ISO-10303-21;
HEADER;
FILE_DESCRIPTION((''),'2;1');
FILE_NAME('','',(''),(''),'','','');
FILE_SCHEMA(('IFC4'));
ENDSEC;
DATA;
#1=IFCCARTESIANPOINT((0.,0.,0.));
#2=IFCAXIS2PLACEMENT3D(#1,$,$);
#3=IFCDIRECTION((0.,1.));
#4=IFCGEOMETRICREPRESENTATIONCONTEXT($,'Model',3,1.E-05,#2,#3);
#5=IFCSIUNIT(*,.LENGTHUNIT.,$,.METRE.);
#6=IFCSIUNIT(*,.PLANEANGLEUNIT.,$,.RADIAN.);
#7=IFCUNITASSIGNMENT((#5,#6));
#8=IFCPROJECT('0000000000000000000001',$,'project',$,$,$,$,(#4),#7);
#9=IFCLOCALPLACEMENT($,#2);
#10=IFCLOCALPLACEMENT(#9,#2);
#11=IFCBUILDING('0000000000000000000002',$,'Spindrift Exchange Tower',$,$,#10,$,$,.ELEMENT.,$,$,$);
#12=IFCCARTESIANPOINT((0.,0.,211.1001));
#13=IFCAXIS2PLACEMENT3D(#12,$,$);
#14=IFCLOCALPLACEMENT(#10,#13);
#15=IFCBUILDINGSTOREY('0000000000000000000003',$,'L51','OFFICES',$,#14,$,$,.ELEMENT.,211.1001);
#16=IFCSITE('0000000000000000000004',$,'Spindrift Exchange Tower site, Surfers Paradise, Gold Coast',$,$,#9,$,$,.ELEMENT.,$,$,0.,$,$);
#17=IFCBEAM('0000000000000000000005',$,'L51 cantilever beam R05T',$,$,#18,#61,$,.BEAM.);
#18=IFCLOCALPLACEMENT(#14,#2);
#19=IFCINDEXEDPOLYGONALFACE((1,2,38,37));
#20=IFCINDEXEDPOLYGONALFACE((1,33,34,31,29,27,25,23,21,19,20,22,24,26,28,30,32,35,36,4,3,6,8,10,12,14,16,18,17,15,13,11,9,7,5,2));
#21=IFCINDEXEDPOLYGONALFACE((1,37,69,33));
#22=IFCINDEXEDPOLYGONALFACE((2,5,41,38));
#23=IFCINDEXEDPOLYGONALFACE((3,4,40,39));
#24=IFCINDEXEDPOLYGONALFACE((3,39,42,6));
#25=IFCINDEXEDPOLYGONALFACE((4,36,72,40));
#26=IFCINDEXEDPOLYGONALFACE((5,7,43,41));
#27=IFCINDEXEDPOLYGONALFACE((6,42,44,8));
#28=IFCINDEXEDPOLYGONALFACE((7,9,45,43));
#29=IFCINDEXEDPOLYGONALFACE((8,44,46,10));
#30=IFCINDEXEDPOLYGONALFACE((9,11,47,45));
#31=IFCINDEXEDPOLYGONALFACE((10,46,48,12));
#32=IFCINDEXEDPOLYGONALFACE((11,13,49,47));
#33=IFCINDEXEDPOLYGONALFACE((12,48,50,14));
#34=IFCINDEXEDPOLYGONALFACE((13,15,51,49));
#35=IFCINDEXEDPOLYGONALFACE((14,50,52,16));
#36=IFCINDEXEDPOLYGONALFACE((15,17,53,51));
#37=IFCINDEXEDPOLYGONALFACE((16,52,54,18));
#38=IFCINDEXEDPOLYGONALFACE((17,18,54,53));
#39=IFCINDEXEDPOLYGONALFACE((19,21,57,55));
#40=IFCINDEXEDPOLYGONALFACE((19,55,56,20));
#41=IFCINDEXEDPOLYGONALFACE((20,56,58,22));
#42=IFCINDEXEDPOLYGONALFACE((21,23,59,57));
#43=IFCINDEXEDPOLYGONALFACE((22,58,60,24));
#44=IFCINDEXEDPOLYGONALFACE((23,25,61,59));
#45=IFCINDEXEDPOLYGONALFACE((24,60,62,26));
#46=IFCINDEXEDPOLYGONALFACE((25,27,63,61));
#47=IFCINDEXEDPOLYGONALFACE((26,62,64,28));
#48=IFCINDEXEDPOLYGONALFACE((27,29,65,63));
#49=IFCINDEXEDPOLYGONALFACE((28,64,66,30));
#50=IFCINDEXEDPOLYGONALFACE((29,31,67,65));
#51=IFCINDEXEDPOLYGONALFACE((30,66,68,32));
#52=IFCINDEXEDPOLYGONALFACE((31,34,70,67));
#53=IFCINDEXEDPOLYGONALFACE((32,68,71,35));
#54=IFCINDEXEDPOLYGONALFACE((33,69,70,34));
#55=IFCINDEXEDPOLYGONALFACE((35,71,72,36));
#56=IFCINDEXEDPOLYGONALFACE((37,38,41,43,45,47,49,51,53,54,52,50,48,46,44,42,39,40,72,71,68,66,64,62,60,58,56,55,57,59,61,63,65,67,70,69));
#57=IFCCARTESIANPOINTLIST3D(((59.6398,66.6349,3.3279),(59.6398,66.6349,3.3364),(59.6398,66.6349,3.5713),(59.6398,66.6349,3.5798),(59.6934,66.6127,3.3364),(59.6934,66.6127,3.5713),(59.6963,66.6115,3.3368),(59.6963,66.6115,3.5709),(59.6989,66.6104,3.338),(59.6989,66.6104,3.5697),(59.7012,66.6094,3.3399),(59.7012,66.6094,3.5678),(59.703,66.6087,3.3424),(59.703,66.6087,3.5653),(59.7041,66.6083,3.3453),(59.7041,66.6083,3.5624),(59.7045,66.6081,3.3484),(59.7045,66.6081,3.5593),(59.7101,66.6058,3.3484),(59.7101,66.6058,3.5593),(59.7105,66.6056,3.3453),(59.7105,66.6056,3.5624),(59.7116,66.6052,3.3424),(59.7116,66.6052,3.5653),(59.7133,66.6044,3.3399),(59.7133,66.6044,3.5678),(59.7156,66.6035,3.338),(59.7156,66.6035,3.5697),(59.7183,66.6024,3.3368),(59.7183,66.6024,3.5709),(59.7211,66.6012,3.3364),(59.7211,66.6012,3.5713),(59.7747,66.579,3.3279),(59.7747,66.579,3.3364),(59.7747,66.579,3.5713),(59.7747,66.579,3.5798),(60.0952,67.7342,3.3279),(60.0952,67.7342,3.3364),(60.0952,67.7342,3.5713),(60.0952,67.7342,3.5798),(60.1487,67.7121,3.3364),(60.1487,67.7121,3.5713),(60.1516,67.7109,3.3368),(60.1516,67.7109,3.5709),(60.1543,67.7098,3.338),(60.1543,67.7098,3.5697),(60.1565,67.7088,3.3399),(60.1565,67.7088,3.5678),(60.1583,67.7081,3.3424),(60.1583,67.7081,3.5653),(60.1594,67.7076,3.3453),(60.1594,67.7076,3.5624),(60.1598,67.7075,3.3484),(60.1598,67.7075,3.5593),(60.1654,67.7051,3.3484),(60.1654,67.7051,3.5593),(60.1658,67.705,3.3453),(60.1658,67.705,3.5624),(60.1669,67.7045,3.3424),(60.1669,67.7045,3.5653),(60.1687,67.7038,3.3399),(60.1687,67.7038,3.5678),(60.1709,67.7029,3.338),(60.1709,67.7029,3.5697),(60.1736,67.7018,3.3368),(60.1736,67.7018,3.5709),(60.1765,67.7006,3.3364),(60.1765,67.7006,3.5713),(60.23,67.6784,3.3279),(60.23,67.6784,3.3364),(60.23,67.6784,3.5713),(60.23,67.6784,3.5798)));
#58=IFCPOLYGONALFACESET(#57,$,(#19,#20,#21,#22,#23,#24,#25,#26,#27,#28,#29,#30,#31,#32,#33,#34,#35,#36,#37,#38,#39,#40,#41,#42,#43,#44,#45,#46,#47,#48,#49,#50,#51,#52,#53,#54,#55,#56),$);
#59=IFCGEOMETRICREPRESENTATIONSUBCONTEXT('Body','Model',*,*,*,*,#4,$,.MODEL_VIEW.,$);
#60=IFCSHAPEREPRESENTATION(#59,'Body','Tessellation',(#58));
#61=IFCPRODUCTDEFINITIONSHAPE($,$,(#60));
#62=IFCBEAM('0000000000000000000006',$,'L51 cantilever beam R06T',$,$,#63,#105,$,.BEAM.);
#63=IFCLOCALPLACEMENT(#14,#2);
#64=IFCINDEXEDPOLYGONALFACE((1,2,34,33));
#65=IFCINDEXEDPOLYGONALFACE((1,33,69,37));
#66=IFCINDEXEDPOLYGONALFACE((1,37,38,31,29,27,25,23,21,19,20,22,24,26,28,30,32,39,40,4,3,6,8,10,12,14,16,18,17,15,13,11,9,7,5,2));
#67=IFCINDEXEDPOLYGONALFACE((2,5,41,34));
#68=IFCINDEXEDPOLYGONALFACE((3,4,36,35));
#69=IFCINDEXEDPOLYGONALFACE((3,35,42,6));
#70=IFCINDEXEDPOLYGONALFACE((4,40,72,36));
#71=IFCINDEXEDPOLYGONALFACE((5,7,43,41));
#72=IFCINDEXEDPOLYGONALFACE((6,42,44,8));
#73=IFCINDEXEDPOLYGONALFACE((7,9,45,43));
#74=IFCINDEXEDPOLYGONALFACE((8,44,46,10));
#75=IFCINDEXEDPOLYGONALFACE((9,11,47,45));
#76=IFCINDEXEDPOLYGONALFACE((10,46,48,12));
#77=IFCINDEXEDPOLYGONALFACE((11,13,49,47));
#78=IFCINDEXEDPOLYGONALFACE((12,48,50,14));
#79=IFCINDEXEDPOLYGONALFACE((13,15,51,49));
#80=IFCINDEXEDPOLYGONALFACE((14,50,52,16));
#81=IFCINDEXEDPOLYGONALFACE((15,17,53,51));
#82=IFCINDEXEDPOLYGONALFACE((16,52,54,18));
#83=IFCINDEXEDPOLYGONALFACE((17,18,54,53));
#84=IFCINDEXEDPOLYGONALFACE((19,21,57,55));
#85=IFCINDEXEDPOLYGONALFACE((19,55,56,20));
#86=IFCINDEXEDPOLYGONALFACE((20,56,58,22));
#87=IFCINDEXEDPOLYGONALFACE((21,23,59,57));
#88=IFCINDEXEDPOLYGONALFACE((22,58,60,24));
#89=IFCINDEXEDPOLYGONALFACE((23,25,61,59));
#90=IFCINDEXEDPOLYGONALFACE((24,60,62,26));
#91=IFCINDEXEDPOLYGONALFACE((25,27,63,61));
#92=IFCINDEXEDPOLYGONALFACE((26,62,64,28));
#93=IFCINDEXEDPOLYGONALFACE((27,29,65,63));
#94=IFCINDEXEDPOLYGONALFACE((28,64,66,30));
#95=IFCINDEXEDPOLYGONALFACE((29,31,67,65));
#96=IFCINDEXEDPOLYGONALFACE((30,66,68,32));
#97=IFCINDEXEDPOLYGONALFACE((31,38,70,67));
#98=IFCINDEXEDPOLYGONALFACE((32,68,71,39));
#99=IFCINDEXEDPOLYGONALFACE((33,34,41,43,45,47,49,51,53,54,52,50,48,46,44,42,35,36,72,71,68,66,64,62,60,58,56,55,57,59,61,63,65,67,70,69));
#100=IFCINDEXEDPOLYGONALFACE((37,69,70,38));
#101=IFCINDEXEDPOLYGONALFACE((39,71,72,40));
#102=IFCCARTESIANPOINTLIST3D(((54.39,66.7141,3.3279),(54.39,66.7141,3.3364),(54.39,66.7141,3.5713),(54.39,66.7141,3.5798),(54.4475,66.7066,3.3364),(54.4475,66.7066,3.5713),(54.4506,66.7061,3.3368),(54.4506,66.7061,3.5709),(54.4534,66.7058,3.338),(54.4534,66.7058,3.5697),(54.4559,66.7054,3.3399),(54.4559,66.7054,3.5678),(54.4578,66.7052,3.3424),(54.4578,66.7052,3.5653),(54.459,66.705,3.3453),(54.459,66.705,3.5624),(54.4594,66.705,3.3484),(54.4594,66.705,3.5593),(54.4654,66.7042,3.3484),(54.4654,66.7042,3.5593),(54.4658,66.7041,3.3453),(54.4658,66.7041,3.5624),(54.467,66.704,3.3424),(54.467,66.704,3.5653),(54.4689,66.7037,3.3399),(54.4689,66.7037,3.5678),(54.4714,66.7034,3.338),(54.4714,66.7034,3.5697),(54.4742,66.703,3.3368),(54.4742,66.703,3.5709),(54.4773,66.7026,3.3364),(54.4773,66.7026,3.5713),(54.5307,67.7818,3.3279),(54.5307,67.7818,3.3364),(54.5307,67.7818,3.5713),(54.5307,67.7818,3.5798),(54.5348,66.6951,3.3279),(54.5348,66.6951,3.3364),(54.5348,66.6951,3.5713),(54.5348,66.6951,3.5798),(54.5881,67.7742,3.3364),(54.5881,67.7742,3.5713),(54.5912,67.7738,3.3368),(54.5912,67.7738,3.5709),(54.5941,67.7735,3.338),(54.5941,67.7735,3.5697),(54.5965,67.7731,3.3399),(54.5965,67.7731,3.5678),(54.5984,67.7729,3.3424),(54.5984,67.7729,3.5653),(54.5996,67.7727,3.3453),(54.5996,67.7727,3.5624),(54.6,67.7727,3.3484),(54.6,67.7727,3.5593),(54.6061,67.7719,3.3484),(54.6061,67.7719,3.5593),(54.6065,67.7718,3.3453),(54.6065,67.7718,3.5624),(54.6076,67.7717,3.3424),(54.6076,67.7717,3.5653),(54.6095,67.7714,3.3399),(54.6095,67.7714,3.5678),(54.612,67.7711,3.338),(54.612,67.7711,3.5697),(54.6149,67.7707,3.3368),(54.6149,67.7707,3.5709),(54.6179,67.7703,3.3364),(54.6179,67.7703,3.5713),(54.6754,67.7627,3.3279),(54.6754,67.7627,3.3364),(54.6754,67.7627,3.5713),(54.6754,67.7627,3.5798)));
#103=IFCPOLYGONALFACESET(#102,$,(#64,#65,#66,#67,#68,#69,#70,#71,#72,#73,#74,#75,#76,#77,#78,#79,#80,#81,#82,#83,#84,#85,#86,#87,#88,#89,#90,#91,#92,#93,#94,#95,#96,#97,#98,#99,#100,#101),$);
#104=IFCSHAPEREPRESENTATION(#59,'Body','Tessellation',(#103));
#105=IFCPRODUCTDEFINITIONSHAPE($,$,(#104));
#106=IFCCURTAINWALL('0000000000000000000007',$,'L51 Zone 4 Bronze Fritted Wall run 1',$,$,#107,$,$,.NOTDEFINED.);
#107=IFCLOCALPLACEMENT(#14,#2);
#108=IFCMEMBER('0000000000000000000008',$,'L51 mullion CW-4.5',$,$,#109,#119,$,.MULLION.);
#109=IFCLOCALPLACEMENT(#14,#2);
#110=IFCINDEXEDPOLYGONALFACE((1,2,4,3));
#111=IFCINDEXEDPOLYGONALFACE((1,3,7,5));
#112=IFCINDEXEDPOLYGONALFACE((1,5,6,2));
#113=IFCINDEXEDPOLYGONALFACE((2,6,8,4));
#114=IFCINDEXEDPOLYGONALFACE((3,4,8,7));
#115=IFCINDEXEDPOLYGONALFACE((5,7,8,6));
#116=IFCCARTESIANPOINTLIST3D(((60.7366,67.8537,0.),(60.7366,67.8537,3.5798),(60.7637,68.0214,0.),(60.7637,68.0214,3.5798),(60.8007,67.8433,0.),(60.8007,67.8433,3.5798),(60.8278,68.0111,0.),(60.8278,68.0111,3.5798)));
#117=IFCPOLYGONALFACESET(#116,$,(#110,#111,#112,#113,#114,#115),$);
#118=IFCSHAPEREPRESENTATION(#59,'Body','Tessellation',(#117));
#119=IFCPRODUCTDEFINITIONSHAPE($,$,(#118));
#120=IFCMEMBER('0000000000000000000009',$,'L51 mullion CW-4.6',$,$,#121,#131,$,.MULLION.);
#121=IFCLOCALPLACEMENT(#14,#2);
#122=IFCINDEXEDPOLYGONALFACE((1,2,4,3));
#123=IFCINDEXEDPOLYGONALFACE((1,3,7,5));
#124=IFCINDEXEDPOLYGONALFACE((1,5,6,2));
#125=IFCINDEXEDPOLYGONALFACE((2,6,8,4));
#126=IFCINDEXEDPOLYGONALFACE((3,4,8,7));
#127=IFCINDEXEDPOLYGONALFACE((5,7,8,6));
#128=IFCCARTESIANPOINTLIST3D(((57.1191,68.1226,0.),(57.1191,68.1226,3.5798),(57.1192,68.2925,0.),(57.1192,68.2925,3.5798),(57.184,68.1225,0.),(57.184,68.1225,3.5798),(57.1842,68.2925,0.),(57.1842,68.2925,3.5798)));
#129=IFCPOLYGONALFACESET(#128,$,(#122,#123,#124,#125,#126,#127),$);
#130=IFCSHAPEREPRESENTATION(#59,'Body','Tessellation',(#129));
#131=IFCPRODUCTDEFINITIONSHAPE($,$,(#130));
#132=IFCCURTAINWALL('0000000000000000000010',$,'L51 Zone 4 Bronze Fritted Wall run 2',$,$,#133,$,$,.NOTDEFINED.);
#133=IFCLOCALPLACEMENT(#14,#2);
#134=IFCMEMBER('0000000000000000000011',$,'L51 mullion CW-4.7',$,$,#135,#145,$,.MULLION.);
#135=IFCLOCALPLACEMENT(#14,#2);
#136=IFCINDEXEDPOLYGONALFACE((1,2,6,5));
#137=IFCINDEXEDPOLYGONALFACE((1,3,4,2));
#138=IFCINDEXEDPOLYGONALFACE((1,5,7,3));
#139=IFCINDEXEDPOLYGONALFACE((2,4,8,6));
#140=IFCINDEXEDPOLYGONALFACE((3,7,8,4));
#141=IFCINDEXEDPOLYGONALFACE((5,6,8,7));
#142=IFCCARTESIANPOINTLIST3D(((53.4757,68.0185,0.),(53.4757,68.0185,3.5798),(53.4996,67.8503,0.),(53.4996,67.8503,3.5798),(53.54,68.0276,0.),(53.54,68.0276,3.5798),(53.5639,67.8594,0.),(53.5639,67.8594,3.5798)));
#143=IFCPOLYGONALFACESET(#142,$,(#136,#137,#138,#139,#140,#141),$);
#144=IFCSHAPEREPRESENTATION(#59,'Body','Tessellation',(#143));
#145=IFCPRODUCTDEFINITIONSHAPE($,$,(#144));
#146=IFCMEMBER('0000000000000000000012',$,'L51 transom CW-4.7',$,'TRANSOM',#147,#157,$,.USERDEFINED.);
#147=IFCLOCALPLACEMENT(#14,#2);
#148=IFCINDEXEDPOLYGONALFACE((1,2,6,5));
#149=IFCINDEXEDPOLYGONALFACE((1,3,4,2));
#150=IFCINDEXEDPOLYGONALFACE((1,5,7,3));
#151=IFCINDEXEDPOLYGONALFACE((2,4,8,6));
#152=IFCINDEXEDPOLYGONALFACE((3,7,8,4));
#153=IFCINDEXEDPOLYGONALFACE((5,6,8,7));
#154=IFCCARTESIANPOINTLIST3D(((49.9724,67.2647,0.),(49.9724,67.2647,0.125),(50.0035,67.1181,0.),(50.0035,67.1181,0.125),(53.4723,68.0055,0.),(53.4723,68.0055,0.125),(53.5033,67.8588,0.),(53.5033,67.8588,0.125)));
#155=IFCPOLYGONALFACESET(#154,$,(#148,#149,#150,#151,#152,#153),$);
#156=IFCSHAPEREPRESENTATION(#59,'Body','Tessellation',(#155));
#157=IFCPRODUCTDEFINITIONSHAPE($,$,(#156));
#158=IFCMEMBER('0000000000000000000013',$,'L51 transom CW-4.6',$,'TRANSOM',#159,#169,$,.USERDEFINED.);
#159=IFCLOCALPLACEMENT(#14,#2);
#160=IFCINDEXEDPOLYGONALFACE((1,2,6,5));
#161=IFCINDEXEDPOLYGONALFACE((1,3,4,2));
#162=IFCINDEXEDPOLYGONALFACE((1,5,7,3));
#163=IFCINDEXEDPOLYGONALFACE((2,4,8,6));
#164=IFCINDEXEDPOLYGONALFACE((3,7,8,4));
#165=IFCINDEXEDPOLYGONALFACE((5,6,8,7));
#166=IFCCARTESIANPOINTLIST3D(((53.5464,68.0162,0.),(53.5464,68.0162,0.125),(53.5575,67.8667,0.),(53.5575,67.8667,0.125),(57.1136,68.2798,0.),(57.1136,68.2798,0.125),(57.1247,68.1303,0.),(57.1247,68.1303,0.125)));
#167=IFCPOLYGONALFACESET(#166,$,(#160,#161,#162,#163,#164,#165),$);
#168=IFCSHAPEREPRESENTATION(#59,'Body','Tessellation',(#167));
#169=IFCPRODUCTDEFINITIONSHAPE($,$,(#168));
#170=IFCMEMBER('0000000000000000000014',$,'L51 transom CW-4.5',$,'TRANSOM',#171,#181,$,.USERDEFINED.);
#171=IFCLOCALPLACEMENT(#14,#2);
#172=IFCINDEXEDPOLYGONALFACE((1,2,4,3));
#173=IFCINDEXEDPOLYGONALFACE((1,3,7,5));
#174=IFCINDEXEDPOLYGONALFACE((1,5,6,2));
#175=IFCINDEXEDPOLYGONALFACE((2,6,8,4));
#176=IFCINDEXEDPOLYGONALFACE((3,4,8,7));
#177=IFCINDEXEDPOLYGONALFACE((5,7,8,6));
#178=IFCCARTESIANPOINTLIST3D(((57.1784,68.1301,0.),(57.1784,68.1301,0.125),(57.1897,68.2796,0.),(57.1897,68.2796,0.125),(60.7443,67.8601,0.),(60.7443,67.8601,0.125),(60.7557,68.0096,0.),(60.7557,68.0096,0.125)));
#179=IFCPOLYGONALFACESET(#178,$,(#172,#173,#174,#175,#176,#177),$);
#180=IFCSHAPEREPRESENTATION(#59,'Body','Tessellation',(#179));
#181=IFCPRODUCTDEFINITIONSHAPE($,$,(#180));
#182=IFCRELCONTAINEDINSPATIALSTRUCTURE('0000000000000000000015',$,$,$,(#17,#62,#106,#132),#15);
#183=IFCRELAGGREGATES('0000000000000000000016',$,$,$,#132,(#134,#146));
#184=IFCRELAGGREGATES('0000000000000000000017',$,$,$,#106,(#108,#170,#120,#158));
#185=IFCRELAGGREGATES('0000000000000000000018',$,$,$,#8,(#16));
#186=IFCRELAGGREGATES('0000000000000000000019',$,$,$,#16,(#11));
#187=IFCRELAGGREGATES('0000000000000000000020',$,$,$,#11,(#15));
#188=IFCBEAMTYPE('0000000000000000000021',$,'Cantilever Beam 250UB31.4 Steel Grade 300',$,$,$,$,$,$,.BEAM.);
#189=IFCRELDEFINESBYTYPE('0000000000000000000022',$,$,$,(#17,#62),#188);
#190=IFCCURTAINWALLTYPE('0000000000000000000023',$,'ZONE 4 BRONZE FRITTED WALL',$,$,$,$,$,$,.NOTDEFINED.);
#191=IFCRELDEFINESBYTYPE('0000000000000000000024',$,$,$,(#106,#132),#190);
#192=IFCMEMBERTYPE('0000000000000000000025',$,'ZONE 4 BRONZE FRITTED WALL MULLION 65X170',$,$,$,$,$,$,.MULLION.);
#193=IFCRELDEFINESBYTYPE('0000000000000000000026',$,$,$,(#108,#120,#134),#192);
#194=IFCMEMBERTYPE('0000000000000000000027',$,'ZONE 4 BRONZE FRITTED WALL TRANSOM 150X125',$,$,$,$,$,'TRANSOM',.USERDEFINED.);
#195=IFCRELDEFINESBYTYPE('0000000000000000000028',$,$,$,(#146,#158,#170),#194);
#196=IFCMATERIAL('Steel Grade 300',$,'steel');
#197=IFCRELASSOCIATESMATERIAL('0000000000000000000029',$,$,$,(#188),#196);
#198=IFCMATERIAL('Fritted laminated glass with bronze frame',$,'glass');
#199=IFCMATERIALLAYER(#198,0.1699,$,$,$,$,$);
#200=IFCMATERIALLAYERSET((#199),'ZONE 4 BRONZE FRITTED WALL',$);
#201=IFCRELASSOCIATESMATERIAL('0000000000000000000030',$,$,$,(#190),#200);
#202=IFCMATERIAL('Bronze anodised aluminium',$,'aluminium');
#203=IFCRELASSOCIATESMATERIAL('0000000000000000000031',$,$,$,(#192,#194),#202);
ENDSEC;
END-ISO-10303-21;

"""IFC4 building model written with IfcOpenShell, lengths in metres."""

from ifc_helpers import new_model, si_unit, direction, frame, origin, origin_2d, place, context, subcontext, project, spatial, rectangle, i_section, extrude, source, transform, mapped, material, layer, layer_set, material_profile, profile_set, type_object, element, aggregate, save


model = new_model("IFC4")

# Units and contexts
model_context = context("Model", 3, precision=1e-05, world=origin(), true_north=direction((0.0, 1.0)))
body_context = subcontext(model_context, "Body", "Model", "MODEL_VIEW")
ifc_project = project(units=[si_unit("LENGTHUNIT", "METRE"), si_unit("PLANEANGLEUNIT", "RADIAN")], contexts=[model_context])

# Site, building, storey
site_placement = place(None, origin())
site = spatial("IfcSite", under=ifc_project, at=site_placement, Name="Spindrift Exchange Tower site, Surfers Paradise, Gold Coast", CompositionType="ELEMENT", RefElevation=0.0)
building_placement = place(site_placement, origin())
building = spatial("IfcBuilding", under=site, at=building_placement, Name="Spindrift Exchange Tower", CompositionType="ELEMENT")
storey_placement = place(building_placement, frame((0.0, 0.0, 211.1001)))
storey = spatial("IfcBuildingStorey", under=building, at=storey_placement, Name="L51", Description="OFFICES", CompositionType="ELEMENT", Elevation=211.1001)

# Beams
ifc_material_1 = material(Name="Steel Grade 300", Category="steel")
ifc_material_profile_1 = material_profile(ifc_material_1, i_section(OverallWidth=0.146, OverallDepth=0.252, WebThickness=0.0061, FlangeThickness=0.0085, FilletRadius=0.012, at=origin_2d()), Name="250UB31.4")
ifc_profile_set_1 = profile_set([ifc_material_profile_1], Name="Steel Grade 300")
beam_type_1 = type_object("IfcBeamType", Name="Cantilever Beam 250UB31.4 Steel Grade 300", PredefinedType="BEAM", material=ifc_profile_set_1)
shared_shape_1 = source(origin(), body_context, "Body", "SweptSolid", [
    extrude(i_section(OverallWidth=0.146, OverallDepth=0.252, WebThickness=0.0061, FlangeThickness=0.0085, FilletRadius=0.012, at=origin_2d()), origin(), (0.0, 0.0, 1.0), 1.1899),
])
beam_1_placement = place(storey_placement, frame((59.7073, 66.6069, 3.4539), z_axis=(0.382648, 0.923894, 0.0), x_axis=(-0.923894, 0.382648, 0.0)))
element("IfcBeam", 1, at=beam_1_placement, inside=storey, type_object=beam_type_1, Name="L51 cantilever beam R05T", PredefinedType="BEAM", context=body_context, shape_type="MappedRepresentation", body=[
    mapped(shared_shape_1, transform((0.0, 0.0, 0.0), scale=1.0)),
])
shared_shape_2 = source(origin(), body_context, "Body", "SweptSolid", [
    extrude(i_section(OverallWidth=0.146, OverallDepth=0.252, WebThickness=0.0061, FlangeThickness=0.0085, FilletRadius=0.012, at=origin_2d()), origin(), (0.0, 0.0, 1.0), 1.0769),
])
beam_2_placement = place(storey_placement, frame((54.4624, 66.7046, 3.4539), z_axis=(0.130589, 0.991437, 0.0), x_axis=(-0.991437, 0.130589, 0.0)))
element("IfcBeam", 2, at=beam_2_placement, inside=storey, type_object=beam_type_1, Name="L51 cantilever beam R06T", PredefinedType="BEAM", context=body_context, shape_type="MappedRepresentation", body=[
    mapped(shared_shape_2, transform((0.0, 0.0, 0.0), scale=1.0)),
])

# Curtain walls, members
ifc_material_2 = material(Name="Fritted laminated glass with bronze frame", Category="glass")
ifc_layer_1 = layer(ifc_material_2, 0.1699)
ifc_layer_set_1 = layer_set([ifc_layer_1], Name="ZONE 4 BRONZE FRITTED WALL")
curtain_wall_type = type_object("IfcCurtainWallType", Name="ZONE 4 BRONZE FRITTED WALL", PredefinedType="NOTDEFINED", material=ifc_layer_set_1)
curtain_wall_1_placement = place(storey_placement, origin())
curtain_wall_1 = element("IfcCurtainWall", 3, at=curtain_wall_1_placement, inside=storey, type_object=curtain_wall_type, Name="L51 Zone 4 Bronze Fritted Wall run 1", PredefinedType="NOTDEFINED")
ifc_material_3 = material(Name="Bronze anodised aluminium", Category="aluminium")
ifc_material_profile_2 = material_profile(ifc_material_3, rectangle(XDim=0.0649, YDim=0.1699, at=origin_2d()), Name="ZONE 4 BRONZE FRITTED WALL MULLION 65X170")
ifc_profile_set_2 = profile_set([ifc_material_profile_2], Name="Bronze anodised aluminium")
member_type_1 = type_object("IfcMemberType", Name="ZONE 4 BRONZE FRITTED WALL MULLION 65X170", PredefinedType="MULLION", material=ifc_profile_set_2)
shared_shape_3 = source(origin(), body_context, "Body", "SweptSolid", [
    extrude(rectangle(XDim=0.0649, YDim=0.1699, at=origin_2d()), origin(), (0.0, 0.0, 1.0), 3.5798),
])
member_1_placement = place(storey_placement, frame((60.7822, 67.9324, 0.0), z_axis=(0.0, 0.0, 1.0), x_axis=(-0.987191, 0.159544, 0.0)))
member_1 = element("IfcMember", 4, at=member_1_placement, type_object=member_type_1, Name="L51 mullion CW-4.5", PredefinedType="MULLION", context=body_context, shape_type="MappedRepresentation", body=[
    mapped(shared_shape_3, transform((0.0, 0.0, 0.0), scale=1.0)),
])
member_2_placement = place(storey_placement, frame((57.1516, 68.2075, 0.0), z_axis=(0.0, 0.0, 1.0), x_axis=(-1.0, 0.000916, 0.0)))
member_2 = element("IfcMember", 5, at=member_2_placement, type_object=member_type_1, Name="L51 mullion CW-4.6", PredefinedType="MULLION", context=body_context, shape_type="MappedRepresentation", body=[
    mapped(shared_shape_3, transform((0.0, 0.0, 0.0), scale=1.0)),
])
curtain_wall_2_placement = place(storey_placement, origin())
curtain_wall_2 = element("IfcCurtainWall", 6, at=curtain_wall_2_placement, inside=storey, type_object=curtain_wall_type, Name="L51 Zone 4 Bronze Fritted Wall run 2", PredefinedType="NOTDEFINED")
member_3_placement = place(storey_placement, frame((53.5198, 67.939, 0.0), z_axis=(0.0, 0.0, 1.0), x_axis=(-0.990048, -0.140729, 0.0)))
member_3 = element("IfcMember", 7, at=member_3_placement, type_object=member_type_1, Name="L51 mullion CW-4.7", PredefinedType="MULLION", context=body_context, shape_type="MappedRepresentation", body=[
    mapped(shared_shape_3, transform((0.0, 0.0, 0.0), scale=1.0)),
])
ifc_material_profile_3 = material_profile(ifc_material_3, rectangle(XDim=0.1499, YDim=0.125, at=origin_2d()), Name="ZONE 4 BRONZE FRITTED WALL TRANSOM 150X125")
ifc_profile_set_3 = profile_set([ifc_material_profile_3], Name="Bronze anodised aluminium")
member_type_2 = type_object("IfcMemberType", Name="ZONE 4 BRONZE FRITTED WALL TRANSOM 150X125", ElementType="TRANSOM", PredefinedType="USERDEFINED", material=ifc_profile_set_3)
shared_shape_4 = source(origin(), body_context, "Body", "SweptSolid", [
    extrude(rectangle(XDim=0.1499, YDim=0.125, at=origin_2d()), origin(), (0.0, 0.0, 1.0), 3.5774),
])
member_4_placement = place(storey_placement, frame((53.4878, 67.9321, 0.0625), z_axis=(-0.978328, -0.207063, 0.0), x_axis=(0.207063, -0.978328, 0.0)))
member_4 = element("IfcMember", 8, at=member_4_placement, type_object=member_type_2, Name="L51 transom CW-4.7", ObjectType="TRANSOM", PredefinedType="USERDEFINED", context=body_context, shape_type="MappedRepresentation", body=[
    mapped(shared_shape_4, transform((0.0, 0.0, 0.0), scale=1.0)),
])
aggregate(curtain_wall_2, [member_3, member_4])

# Members
shared_shape_5 = source(origin(), body_context, "Body", "SweptSolid", [
    extrude(rectangle(XDim=0.1499, YDim=0.125, at=origin_2d()), origin(), (0.0, 0.0, 1.0), 3.5769),
])
member_5_placement = place(storey_placement, frame((57.1191, 68.2051, 0.0625), z_axis=(-0.997279, -0.073716, 0.0), x_axis=(0.073716, -0.997279, 0.0)))
member_5 = element("IfcMember", 9, at=member_5_placement, type_object=member_type_2, Name="L51 transom CW-4.6", ObjectType="TRANSOM", PredefinedType="USERDEFINED", context=body_context, shape_type="MappedRepresentation", body=[
    mapped(shared_shape_5, transform((0.0, 0.0, 0.0), scale=1.0)),
])
shared_shape_6 = source(origin(), body_context, "Body", "SweptSolid", [
    extrude(rectangle(XDim=0.1499, YDim=0.125, at=origin_2d()), origin(), (0.0, 0.0, 1.0), 3.5762),
])
member_6_placement = place(storey_placement, frame((60.75, 67.9348, 0.0625), z_axis=(-0.997145, 0.075506, 0.0), x_axis=(-0.075506, -0.997145, 0.0)))
member_6 = element("IfcMember", 10, at=member_6_placement, type_object=member_type_2, Name="L51 transom CW-4.5", ObjectType="TRANSOM", PredefinedType="USERDEFINED", context=body_context, shape_type="MappedRepresentation", body=[
    mapped(shared_shape_6, transform((0.0, 0.0, 0.0), scale=1.0)),
])

aggregate(curtain_wall_1, [member_1, member_6, member_2, member_5])

save(model, "model.ifc")
